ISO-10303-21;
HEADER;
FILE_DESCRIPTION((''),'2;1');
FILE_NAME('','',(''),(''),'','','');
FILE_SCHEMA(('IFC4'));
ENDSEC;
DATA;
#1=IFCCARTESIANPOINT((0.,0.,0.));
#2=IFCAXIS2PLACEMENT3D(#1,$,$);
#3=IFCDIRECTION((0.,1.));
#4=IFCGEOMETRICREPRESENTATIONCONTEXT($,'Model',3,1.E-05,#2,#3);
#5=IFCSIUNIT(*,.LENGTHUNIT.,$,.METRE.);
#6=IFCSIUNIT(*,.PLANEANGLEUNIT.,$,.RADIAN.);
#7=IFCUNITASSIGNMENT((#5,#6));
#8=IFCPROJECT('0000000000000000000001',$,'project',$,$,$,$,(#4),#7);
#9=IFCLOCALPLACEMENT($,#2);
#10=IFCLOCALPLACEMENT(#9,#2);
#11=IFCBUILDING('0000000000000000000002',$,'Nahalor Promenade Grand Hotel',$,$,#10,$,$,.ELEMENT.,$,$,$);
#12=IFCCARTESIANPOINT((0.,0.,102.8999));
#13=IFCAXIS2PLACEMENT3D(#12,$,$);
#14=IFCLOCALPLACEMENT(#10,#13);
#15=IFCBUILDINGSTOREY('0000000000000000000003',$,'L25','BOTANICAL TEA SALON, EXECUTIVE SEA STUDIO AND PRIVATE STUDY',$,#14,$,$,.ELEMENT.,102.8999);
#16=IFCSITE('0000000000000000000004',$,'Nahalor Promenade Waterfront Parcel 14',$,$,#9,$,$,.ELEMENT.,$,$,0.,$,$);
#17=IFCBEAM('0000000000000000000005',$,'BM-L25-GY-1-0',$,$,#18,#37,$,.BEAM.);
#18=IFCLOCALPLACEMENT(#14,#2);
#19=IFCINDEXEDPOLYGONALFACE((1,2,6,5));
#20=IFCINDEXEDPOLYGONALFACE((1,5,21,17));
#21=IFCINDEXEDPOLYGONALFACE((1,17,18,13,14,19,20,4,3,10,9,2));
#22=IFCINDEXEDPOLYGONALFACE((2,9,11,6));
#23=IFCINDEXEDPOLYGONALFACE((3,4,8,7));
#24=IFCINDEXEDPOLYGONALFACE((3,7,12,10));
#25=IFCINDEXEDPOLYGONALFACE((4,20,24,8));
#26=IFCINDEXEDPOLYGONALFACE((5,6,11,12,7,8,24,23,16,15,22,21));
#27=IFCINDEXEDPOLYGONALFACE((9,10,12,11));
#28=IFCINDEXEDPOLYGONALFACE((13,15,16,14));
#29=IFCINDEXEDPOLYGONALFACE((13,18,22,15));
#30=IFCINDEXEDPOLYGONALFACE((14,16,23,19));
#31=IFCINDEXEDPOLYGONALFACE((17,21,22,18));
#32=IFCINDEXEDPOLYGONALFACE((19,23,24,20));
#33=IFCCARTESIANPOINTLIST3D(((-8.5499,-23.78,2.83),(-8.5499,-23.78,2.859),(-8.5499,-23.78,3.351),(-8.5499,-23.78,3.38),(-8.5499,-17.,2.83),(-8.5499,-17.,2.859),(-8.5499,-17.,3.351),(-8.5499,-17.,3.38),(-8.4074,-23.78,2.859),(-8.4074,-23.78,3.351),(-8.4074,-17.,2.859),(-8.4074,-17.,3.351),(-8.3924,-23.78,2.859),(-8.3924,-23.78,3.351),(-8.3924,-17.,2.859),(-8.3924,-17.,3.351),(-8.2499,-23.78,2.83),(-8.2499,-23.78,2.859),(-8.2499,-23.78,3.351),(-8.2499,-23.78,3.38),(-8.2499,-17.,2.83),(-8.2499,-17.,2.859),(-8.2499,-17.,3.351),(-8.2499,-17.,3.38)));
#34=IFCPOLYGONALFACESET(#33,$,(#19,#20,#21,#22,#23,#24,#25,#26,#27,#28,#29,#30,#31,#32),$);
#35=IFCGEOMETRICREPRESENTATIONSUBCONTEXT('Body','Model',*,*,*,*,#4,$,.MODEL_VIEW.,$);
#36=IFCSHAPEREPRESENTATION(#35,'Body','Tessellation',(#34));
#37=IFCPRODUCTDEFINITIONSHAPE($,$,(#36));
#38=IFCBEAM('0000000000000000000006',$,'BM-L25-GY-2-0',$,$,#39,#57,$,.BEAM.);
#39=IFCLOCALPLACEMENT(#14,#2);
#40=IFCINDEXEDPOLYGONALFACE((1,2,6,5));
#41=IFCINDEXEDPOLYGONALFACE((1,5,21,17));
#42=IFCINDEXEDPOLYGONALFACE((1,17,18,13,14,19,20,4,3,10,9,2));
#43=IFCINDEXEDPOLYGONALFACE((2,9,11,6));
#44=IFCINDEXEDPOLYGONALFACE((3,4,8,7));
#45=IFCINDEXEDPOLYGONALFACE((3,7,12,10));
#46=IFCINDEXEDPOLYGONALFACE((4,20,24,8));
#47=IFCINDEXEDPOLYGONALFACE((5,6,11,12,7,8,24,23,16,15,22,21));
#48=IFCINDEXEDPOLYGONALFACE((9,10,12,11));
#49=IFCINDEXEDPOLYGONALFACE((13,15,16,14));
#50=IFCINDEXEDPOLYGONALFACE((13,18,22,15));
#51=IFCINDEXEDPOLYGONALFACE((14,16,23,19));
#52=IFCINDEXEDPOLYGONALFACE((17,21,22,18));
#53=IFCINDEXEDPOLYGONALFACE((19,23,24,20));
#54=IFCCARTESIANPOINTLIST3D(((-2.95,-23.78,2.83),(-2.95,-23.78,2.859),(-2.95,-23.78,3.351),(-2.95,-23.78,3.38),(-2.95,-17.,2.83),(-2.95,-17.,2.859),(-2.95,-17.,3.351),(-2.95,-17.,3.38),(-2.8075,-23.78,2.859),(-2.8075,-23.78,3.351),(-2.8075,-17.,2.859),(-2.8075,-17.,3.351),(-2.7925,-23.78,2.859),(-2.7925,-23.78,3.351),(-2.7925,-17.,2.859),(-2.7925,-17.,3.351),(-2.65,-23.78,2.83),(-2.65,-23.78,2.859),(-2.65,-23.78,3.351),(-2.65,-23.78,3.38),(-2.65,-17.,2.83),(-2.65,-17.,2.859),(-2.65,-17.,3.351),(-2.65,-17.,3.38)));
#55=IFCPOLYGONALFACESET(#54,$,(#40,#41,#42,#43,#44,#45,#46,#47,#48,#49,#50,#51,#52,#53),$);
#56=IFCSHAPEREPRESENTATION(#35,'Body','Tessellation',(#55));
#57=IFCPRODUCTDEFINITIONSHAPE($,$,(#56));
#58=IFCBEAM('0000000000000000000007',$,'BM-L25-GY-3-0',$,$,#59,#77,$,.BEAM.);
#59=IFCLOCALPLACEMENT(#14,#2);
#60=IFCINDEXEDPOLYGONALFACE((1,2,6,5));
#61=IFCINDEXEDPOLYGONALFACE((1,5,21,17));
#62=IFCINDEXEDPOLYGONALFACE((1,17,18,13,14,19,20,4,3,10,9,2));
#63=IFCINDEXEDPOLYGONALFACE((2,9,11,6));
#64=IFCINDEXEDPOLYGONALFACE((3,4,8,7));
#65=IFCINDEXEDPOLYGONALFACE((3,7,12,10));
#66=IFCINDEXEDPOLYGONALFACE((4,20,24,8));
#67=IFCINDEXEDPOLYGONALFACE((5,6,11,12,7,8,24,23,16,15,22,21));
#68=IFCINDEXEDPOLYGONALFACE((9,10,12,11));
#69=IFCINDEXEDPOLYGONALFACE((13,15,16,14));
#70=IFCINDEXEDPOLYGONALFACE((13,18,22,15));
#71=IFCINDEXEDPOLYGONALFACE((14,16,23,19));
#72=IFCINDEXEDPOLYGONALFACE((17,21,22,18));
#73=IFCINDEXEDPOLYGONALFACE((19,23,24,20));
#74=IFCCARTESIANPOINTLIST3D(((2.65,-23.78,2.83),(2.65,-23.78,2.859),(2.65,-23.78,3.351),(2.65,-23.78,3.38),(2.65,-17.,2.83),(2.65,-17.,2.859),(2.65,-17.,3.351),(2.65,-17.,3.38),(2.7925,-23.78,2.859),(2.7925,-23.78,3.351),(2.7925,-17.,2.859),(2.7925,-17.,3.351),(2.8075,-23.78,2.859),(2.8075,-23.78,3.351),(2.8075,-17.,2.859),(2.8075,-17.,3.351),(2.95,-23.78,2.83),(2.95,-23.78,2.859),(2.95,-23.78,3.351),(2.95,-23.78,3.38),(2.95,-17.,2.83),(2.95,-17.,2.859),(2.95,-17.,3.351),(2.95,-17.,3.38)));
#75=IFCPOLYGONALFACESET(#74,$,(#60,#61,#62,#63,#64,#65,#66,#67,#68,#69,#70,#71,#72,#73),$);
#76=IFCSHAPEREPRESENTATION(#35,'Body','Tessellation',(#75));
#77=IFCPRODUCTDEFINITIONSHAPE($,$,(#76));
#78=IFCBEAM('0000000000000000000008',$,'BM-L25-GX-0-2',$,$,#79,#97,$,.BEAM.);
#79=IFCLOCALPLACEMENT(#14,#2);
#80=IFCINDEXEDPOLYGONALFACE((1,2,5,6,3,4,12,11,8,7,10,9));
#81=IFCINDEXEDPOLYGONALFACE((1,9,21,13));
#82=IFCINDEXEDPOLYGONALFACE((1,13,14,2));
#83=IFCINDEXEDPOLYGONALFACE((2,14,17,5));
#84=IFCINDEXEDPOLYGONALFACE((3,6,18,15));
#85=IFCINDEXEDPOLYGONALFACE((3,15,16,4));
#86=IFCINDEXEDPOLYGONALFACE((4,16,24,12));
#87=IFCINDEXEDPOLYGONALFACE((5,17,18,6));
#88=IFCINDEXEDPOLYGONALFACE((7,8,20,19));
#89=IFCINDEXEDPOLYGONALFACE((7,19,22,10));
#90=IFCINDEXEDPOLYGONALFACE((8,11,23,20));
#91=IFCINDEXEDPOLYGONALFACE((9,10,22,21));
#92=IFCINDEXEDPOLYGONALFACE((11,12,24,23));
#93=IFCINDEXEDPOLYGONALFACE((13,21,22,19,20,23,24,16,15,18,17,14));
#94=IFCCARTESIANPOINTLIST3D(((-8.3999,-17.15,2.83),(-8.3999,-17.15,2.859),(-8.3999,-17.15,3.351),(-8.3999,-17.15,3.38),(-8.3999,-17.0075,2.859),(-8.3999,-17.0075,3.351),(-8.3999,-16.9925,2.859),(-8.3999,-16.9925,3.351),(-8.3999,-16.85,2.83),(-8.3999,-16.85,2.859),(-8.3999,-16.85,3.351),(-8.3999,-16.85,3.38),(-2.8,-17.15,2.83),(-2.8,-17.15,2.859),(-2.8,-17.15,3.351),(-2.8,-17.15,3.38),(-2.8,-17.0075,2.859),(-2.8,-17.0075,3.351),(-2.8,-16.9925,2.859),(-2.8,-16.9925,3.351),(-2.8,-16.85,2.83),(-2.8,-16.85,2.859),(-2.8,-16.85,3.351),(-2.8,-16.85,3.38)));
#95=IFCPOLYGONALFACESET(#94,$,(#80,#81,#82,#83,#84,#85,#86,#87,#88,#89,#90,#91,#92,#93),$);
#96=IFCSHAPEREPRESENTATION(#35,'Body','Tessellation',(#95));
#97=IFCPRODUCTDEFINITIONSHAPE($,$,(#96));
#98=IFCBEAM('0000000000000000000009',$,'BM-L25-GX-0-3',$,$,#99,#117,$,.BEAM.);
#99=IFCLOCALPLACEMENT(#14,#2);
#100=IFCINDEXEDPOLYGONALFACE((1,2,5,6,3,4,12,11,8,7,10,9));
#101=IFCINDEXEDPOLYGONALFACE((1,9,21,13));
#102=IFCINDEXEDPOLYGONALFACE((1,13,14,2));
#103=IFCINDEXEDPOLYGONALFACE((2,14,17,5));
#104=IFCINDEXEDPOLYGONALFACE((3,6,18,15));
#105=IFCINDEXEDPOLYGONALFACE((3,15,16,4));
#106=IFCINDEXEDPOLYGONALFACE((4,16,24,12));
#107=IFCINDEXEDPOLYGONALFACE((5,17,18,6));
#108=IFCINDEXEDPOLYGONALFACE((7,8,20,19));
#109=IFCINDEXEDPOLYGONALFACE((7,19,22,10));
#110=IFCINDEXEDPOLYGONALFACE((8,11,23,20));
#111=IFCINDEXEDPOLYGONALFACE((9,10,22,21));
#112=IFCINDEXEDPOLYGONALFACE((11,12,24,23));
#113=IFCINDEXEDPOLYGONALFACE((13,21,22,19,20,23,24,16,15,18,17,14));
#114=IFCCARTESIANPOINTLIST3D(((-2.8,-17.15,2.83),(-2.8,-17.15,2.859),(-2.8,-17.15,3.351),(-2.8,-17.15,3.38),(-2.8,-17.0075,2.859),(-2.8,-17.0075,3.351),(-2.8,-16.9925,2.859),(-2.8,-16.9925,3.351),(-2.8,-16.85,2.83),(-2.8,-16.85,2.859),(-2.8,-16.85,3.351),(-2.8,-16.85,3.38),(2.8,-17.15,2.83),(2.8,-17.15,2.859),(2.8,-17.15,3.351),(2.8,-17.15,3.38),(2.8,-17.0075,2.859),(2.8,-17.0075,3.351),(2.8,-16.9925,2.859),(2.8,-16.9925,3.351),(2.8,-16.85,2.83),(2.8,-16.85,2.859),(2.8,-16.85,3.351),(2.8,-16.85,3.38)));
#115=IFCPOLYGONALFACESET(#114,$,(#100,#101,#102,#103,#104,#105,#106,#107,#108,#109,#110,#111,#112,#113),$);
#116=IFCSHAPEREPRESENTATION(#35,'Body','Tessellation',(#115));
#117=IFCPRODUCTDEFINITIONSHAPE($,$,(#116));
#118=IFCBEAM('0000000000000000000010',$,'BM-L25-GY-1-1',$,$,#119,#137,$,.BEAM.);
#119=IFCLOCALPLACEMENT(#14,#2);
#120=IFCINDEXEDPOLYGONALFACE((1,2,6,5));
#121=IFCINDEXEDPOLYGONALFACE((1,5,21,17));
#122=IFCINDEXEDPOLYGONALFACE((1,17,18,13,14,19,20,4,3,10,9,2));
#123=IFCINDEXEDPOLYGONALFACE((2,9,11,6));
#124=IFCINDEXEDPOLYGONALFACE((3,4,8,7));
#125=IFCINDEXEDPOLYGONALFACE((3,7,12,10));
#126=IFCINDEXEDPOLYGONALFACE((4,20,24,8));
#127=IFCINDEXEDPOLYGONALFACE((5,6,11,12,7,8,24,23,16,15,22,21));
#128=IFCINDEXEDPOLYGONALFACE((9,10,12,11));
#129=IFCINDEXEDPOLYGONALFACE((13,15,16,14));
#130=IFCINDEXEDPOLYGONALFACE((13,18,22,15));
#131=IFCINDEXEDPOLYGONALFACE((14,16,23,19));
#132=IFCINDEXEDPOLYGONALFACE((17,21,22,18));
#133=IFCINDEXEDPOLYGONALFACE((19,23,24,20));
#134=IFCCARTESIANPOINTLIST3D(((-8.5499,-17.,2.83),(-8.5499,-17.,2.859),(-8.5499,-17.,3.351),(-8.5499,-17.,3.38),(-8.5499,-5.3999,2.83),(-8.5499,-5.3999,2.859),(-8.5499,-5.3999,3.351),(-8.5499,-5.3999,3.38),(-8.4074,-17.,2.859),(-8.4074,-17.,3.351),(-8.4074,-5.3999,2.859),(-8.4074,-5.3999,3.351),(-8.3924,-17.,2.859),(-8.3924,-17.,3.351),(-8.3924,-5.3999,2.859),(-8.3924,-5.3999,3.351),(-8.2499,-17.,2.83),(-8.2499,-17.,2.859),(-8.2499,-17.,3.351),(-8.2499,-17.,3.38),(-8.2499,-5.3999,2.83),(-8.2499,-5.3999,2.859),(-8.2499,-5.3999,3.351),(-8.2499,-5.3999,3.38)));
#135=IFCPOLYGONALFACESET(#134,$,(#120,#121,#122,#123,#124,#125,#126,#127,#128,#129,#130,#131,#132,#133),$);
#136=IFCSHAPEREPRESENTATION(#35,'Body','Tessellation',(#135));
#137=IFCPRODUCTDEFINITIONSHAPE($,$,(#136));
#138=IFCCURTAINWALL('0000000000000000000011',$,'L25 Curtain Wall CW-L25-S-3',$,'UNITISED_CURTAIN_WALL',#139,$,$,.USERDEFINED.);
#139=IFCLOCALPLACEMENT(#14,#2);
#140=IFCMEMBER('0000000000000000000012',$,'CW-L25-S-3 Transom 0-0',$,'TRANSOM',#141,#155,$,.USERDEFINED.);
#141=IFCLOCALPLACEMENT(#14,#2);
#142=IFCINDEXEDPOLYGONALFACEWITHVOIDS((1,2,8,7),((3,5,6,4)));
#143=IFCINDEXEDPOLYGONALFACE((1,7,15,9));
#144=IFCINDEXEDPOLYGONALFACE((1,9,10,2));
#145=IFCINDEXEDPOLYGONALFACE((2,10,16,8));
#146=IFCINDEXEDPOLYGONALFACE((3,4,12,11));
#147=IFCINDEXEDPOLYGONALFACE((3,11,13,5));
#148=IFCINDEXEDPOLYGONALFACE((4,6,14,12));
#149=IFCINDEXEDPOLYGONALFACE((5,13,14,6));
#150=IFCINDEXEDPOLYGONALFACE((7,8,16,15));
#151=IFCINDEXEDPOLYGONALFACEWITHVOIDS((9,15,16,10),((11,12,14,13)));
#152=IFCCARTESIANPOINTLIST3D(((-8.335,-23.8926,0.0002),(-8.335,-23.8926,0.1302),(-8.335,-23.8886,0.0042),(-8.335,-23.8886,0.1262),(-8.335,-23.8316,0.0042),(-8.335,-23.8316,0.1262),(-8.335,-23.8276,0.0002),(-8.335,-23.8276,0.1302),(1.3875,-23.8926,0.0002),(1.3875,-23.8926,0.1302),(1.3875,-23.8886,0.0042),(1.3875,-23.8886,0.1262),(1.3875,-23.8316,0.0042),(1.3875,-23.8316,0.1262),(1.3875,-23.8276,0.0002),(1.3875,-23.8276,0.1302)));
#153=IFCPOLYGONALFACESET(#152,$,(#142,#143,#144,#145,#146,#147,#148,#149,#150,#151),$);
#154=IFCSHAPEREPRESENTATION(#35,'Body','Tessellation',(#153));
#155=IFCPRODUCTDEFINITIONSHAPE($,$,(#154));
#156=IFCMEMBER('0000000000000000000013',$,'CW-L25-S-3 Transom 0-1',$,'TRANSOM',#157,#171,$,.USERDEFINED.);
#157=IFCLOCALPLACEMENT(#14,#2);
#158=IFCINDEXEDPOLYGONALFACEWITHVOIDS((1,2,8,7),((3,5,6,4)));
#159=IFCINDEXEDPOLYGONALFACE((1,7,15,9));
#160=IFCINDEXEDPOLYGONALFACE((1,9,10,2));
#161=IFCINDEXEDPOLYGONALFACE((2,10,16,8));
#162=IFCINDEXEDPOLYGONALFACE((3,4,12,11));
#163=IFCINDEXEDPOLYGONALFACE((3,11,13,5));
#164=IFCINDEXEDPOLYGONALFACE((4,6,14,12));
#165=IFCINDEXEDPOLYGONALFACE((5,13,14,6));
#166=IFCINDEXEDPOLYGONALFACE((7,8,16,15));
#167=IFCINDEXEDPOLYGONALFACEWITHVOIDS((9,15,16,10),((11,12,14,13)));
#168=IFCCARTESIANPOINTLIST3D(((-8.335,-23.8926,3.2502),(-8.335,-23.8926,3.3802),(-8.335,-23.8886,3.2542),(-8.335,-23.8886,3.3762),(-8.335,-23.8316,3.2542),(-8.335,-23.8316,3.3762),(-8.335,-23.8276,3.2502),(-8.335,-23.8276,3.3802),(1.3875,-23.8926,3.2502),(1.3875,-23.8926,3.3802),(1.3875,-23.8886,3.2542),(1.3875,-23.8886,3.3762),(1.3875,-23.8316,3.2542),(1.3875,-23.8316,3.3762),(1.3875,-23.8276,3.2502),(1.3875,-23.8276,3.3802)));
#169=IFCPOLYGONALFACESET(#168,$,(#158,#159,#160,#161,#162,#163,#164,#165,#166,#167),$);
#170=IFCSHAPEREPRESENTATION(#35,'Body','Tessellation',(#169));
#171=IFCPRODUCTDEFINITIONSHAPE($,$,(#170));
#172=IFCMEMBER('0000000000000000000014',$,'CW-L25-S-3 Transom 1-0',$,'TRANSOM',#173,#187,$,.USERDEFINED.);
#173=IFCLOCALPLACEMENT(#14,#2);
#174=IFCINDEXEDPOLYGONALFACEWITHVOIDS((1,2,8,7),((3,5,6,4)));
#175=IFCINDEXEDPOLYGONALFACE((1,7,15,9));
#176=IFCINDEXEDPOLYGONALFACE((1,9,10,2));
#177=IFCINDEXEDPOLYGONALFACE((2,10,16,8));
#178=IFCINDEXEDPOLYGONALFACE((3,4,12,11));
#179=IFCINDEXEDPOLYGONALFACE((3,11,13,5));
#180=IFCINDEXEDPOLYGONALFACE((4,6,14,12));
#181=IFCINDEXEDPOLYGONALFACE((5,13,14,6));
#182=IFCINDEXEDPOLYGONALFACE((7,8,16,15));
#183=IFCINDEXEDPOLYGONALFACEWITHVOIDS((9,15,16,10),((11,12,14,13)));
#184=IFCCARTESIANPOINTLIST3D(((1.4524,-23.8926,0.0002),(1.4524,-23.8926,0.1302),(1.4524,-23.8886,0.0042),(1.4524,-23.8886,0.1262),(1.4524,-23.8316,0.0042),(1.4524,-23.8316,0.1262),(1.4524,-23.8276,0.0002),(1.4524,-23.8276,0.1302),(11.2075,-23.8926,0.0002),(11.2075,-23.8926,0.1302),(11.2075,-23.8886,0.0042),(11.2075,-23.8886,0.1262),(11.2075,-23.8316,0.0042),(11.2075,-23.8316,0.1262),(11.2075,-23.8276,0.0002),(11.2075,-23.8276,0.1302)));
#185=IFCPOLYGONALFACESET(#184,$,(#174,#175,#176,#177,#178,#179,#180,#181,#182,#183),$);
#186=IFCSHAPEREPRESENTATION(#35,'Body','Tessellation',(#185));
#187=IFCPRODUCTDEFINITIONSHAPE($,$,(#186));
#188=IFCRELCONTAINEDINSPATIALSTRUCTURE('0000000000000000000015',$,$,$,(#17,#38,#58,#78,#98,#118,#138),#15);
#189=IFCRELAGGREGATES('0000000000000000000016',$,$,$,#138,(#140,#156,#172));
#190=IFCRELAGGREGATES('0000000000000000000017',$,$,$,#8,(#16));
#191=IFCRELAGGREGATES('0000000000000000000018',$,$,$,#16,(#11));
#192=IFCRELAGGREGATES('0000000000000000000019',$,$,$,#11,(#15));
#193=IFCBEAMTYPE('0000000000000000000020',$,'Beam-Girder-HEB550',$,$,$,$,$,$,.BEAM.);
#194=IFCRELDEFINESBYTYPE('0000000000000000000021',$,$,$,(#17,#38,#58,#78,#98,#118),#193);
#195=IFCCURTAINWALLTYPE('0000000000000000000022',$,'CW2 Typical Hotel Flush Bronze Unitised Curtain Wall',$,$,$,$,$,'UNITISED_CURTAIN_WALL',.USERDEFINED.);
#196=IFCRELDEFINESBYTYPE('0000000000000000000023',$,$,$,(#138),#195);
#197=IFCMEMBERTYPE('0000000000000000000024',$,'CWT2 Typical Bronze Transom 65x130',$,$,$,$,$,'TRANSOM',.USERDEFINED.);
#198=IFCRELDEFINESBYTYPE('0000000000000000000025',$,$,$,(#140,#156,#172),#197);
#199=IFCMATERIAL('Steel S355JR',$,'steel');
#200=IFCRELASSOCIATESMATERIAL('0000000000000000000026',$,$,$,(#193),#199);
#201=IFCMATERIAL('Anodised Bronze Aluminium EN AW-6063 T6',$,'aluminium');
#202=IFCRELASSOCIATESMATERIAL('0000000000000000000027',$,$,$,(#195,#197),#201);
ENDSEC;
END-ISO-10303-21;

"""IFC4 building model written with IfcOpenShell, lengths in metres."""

from ifc_helpers import new_model, si_unit, direction, frame, origin, origin_2d, place, context, subcontext, project, spatial, hollow_rectangle, i_section, extrude, source, transform, mapped, material, material_profile, profile_set, type_object, element, aggregate, save


model = new_model("IFC4")

# Units and contexts
model_context = context("Model", 3, precision=1e-05, world=origin(), true_north=direction((0.0, 1.0)))
body_context = subcontext(model_context, "Body", "Model", "MODEL_VIEW")
ifc_project = project(units=[si_unit("LENGTHUNIT", "METRE"), si_unit("PLANEANGLEUNIT", "RADIAN")], contexts=[model_context])

# Site, building, storey
site_placement = place(None, origin())
site = spatial("IfcSite", under=ifc_project, at=site_placement, Name="Nahalor Promenade Waterfront Parcel 14", CompositionType="ELEMENT", RefElevation=0.0)
building_placement = place(site_placement, origin())
building = spatial("IfcBuilding", under=site, at=building_placement, Name="Nahalor Promenade Grand Hotel", CompositionType="ELEMENT")
storey_placement = place(building_placement, frame((0.0, 0.0, 102.8999)))
storey = spatial("IfcBuildingStorey", under=building, at=storey_placement, Name="L25", Description="BOTANICAL TEA SALON, EXECUTIVE SEA STUDIO AND PRIVATE STUDY", CompositionType="ELEMENT", Elevation=102.8999)

# Beams
ifc_material_1 = material(Name="Steel S355JR", Category="steel")
ifc_material_profile_1 = material_profile(ifc_material_1, i_section(OverallWidth=0.3, OverallDepth=0.55, WebThickness=0.015, FlangeThickness=0.029, at=origin_2d()), Name="HEB 550")
ifc_profile_set_1 = profile_set([ifc_material_profile_1], Name="Steel S355JR")
beam_type_1 = type_object("IfcBeamType", Name="Beam-Girder-HEB550", PredefinedType="BEAM", material=ifc_profile_set_1)
shared_shape_1 = source(origin(), body_context, "Body", "SweptSolid", [
    extrude(i_section(OverallWidth=0.3, OverallDepth=0.55, WebThickness=0.015, FlangeThickness=0.029, at=origin_2d()), origin(), (0.0, 0.0, 1.0), 6.78),
])
for number, where, z_axis, x_axis, name in (
    (1, (-8.3999, -23.78, 3.105), (0.0, 1.0, 0.0), (-1.0, 0.0, 0.0), "BM-L25-GY-1-0"),
    (2, (-2.8, -23.78, 3.105), (0.0, 1.0, 0.0), (-1.0, 0.0, 0.0), "BM-L25-GY-2-0"),
    (3, (2.8, -23.78, 3.105), (0.0, 1.0, 0.0), (-1.0, 0.0, 0.0), "BM-L25-GY-3-0"),
):
    element("IfcBeam", number, at=place(storey_placement, frame(where, z_axis=z_axis, x_axis=x_axis)), inside=storey, type_object=beam_type_1, Name=name, PredefinedType="BEAM", context=body_context, shape_type="MappedRepresentation", body=[
        mapped(shared_shape_1, transform((0.0, 0.0, 0.0), scale=1.0)),
    ])
shared_shape_2 = source(origin(), body_context, "Body", "SweptSolid", [
    extrude(i_section(OverallWidth=0.3, OverallDepth=0.55, WebThickness=0.015, FlangeThickness=0.029, at=origin_2d()), origin(), (0.0, 0.0, 1.0), 5.5999),
])
beam_1_placement = place(storey_placement, frame((-8.3999, -17.0, 3.105), z_axis=(1.0, 0.0, 0.0), x_axis=(0.0, 1.0, 0.0)))
element("IfcBeam", 4, at=beam_1_placement, inside=storey, type_object=beam_type_1, Name="BM-L25-GX-0-2", PredefinedType="BEAM", context=body_context, shape_type="MappedRepresentation", body=[
    mapped(shared_shape_2, transform((0.0, 0.0, 0.0), scale=1.0)),
])
shared_shape_3 = source(origin(), body_context, "Body", "SweptSolid", [
    extrude(i_section(OverallWidth=0.3, OverallDepth=0.55, WebThickness=0.015, FlangeThickness=0.029, at=origin_2d()), origin(), (0.0, 0.0, 1.0), 5.6001),
])
beam_2_placement = place(storey_placement, frame((-2.8, -17.0, 3.105), z_axis=(1.0, 0.0, 0.0), x_axis=(0.0, 1.0, 0.0)))
element("IfcBeam", 5, at=beam_2_placement, inside=storey, type_object=beam_type_1, Name="BM-L25-GX-0-3", PredefinedType="BEAM", context=body_context, shape_type="MappedRepresentation", body=[
    mapped(shared_shape_3, transform((0.0, 0.0, 0.0), scale=1.0)),
])
shared_shape_4 = source(origin(), body_context, "Body", "SweptSolid", [
    extrude(i_section(OverallWidth=0.3, OverallDepth=0.55, WebThickness=0.015, FlangeThickness=0.029, at=origin_2d()), origin(), (0.0, 0.0, 1.0), 11.6001),
])
beam_3_placement = place(storey_placement, frame((-8.3999, -17.0, 3.105), z_axis=(0.0, 1.0, 0.0), x_axis=(-1.0, 0.0, 0.0)))
element("IfcBeam", 6, at=beam_3_placement, inside=storey, type_object=beam_type_1, Name="BM-L25-GY-1-1", PredefinedType="BEAM", context=body_context, shape_type="MappedRepresentation", body=[
    mapped(shared_shape_4, transform((0.0, 0.0, 0.0), scale=1.0)),
])

# Curtain wall, members
ifc_material_2 = material(Name="Anodised Bronze Aluminium EN AW-6063 T6", Category="aluminium")
curtain_wall_type = type_object("IfcCurtainWallType", Name="CW2 Typical Hotel Flush Bronze Unitised Curtain Wall", ElementType="UNITISED_CURTAIN_WALL", PredefinedType="USERDEFINED", material=ifc_material_2)
curtain_wall_placement = place(storey_placement, origin())
curtain_wall = element("IfcCurtainWall", 7, at=curtain_wall_placement, inside=storey, type_object=curtain_wall_type, Name="L25 Curtain Wall CW-L25-S-3", ObjectType="UNITISED_CURTAIN_WALL", PredefinedType="USERDEFINED")
ifc_material_profile_2 = material_profile(ifc_material_2, hollow_rectangle(XDim=0.065, YDim=0.13, WallThickness=0.004, at=origin_2d()), Name="CWT 65x130x4")
ifc_profile_set_2 = profile_set([ifc_material_profile_2], Name="Anodised Bronze Aluminium EN AW-6063 T6")
member_type_1 = type_object("IfcMemberType", Name="CWT2 Typical Bronze Transom 65x130", ElementType="TRANSOM", PredefinedType="USERDEFINED", material=ifc_profile_set_2)
shared_shape_5 = source(origin(), body_context, "Body", "SweptSolid", [
    extrude(hollow_rectangle(XDim=0.065, YDim=0.13, WallThickness=0.004, at=origin_2d()), origin(), (0.0, 0.0, 1.0), 9.7224),
])
member_1_placement = place(storey_placement, frame((-8.335, -23.8601, 0.0652), z_axis=(1.0, 0.0, 0.0), x_axis=(0.0, 1.0, 0.0)))
member_1 = element("IfcMember", 8, at=member_1_placement, type_object=member_type_1, Name="CW-L25-S-3 Transom 0-0", ObjectType="TRANSOM", PredefinedType="USERDEFINED", context=body_context, shape_type="MappedRepresentation", body=[
    mapped(shared_shape_5, transform((0.0, 0.0, 0.0), scale=1.0)),
])
member_2_placement = place(storey_placement, frame((-8.335, -23.8601, 3.3152), z_axis=(1.0, 0.0, 0.0), x_axis=(0.0, 1.0, 0.0)))
member_2 = element("IfcMember", 9, at=member_2_placement, type_object=member_type_1, Name="CW-L25-S-3 Transom 0-1", ObjectType="TRANSOM", PredefinedType="USERDEFINED", context=body_context, shape_type="MappedRepresentation", body=[
    mapped(shared_shape_5, transform((0.0, 0.0, 0.0), scale=1.0)),
])
shared_shape_6 = source(origin(), body_context, "Body", "SweptSolid", [
    extrude(hollow_rectangle(XDim=0.065, YDim=0.13, WallThickness=0.004, at=origin_2d()), origin(), (0.0, 0.0, 1.0), 9.7551),
])
member_3_placement = place(storey_placement, frame((1.4524, -23.8601, 0.0652), z_axis=(1.0, 0.0, 0.0), x_axis=(0.0, 1.0, 0.0)))
member_3 = element("IfcMember", 10, at=member_3_placement, type_object=member_type_1, Name="CW-L25-S-3 Transom 1-0", ObjectType="TRANSOM", PredefinedType="USERDEFINED", context=body_context, shape_type="MappedRepresentation", body=[
    mapped(shared_shape_6, transform((0.0, 0.0, 0.0), scale=1.0)),
])
aggregate(curtain_wall, [member_1, member_2, member_3])

save(model, "model.ifc")
